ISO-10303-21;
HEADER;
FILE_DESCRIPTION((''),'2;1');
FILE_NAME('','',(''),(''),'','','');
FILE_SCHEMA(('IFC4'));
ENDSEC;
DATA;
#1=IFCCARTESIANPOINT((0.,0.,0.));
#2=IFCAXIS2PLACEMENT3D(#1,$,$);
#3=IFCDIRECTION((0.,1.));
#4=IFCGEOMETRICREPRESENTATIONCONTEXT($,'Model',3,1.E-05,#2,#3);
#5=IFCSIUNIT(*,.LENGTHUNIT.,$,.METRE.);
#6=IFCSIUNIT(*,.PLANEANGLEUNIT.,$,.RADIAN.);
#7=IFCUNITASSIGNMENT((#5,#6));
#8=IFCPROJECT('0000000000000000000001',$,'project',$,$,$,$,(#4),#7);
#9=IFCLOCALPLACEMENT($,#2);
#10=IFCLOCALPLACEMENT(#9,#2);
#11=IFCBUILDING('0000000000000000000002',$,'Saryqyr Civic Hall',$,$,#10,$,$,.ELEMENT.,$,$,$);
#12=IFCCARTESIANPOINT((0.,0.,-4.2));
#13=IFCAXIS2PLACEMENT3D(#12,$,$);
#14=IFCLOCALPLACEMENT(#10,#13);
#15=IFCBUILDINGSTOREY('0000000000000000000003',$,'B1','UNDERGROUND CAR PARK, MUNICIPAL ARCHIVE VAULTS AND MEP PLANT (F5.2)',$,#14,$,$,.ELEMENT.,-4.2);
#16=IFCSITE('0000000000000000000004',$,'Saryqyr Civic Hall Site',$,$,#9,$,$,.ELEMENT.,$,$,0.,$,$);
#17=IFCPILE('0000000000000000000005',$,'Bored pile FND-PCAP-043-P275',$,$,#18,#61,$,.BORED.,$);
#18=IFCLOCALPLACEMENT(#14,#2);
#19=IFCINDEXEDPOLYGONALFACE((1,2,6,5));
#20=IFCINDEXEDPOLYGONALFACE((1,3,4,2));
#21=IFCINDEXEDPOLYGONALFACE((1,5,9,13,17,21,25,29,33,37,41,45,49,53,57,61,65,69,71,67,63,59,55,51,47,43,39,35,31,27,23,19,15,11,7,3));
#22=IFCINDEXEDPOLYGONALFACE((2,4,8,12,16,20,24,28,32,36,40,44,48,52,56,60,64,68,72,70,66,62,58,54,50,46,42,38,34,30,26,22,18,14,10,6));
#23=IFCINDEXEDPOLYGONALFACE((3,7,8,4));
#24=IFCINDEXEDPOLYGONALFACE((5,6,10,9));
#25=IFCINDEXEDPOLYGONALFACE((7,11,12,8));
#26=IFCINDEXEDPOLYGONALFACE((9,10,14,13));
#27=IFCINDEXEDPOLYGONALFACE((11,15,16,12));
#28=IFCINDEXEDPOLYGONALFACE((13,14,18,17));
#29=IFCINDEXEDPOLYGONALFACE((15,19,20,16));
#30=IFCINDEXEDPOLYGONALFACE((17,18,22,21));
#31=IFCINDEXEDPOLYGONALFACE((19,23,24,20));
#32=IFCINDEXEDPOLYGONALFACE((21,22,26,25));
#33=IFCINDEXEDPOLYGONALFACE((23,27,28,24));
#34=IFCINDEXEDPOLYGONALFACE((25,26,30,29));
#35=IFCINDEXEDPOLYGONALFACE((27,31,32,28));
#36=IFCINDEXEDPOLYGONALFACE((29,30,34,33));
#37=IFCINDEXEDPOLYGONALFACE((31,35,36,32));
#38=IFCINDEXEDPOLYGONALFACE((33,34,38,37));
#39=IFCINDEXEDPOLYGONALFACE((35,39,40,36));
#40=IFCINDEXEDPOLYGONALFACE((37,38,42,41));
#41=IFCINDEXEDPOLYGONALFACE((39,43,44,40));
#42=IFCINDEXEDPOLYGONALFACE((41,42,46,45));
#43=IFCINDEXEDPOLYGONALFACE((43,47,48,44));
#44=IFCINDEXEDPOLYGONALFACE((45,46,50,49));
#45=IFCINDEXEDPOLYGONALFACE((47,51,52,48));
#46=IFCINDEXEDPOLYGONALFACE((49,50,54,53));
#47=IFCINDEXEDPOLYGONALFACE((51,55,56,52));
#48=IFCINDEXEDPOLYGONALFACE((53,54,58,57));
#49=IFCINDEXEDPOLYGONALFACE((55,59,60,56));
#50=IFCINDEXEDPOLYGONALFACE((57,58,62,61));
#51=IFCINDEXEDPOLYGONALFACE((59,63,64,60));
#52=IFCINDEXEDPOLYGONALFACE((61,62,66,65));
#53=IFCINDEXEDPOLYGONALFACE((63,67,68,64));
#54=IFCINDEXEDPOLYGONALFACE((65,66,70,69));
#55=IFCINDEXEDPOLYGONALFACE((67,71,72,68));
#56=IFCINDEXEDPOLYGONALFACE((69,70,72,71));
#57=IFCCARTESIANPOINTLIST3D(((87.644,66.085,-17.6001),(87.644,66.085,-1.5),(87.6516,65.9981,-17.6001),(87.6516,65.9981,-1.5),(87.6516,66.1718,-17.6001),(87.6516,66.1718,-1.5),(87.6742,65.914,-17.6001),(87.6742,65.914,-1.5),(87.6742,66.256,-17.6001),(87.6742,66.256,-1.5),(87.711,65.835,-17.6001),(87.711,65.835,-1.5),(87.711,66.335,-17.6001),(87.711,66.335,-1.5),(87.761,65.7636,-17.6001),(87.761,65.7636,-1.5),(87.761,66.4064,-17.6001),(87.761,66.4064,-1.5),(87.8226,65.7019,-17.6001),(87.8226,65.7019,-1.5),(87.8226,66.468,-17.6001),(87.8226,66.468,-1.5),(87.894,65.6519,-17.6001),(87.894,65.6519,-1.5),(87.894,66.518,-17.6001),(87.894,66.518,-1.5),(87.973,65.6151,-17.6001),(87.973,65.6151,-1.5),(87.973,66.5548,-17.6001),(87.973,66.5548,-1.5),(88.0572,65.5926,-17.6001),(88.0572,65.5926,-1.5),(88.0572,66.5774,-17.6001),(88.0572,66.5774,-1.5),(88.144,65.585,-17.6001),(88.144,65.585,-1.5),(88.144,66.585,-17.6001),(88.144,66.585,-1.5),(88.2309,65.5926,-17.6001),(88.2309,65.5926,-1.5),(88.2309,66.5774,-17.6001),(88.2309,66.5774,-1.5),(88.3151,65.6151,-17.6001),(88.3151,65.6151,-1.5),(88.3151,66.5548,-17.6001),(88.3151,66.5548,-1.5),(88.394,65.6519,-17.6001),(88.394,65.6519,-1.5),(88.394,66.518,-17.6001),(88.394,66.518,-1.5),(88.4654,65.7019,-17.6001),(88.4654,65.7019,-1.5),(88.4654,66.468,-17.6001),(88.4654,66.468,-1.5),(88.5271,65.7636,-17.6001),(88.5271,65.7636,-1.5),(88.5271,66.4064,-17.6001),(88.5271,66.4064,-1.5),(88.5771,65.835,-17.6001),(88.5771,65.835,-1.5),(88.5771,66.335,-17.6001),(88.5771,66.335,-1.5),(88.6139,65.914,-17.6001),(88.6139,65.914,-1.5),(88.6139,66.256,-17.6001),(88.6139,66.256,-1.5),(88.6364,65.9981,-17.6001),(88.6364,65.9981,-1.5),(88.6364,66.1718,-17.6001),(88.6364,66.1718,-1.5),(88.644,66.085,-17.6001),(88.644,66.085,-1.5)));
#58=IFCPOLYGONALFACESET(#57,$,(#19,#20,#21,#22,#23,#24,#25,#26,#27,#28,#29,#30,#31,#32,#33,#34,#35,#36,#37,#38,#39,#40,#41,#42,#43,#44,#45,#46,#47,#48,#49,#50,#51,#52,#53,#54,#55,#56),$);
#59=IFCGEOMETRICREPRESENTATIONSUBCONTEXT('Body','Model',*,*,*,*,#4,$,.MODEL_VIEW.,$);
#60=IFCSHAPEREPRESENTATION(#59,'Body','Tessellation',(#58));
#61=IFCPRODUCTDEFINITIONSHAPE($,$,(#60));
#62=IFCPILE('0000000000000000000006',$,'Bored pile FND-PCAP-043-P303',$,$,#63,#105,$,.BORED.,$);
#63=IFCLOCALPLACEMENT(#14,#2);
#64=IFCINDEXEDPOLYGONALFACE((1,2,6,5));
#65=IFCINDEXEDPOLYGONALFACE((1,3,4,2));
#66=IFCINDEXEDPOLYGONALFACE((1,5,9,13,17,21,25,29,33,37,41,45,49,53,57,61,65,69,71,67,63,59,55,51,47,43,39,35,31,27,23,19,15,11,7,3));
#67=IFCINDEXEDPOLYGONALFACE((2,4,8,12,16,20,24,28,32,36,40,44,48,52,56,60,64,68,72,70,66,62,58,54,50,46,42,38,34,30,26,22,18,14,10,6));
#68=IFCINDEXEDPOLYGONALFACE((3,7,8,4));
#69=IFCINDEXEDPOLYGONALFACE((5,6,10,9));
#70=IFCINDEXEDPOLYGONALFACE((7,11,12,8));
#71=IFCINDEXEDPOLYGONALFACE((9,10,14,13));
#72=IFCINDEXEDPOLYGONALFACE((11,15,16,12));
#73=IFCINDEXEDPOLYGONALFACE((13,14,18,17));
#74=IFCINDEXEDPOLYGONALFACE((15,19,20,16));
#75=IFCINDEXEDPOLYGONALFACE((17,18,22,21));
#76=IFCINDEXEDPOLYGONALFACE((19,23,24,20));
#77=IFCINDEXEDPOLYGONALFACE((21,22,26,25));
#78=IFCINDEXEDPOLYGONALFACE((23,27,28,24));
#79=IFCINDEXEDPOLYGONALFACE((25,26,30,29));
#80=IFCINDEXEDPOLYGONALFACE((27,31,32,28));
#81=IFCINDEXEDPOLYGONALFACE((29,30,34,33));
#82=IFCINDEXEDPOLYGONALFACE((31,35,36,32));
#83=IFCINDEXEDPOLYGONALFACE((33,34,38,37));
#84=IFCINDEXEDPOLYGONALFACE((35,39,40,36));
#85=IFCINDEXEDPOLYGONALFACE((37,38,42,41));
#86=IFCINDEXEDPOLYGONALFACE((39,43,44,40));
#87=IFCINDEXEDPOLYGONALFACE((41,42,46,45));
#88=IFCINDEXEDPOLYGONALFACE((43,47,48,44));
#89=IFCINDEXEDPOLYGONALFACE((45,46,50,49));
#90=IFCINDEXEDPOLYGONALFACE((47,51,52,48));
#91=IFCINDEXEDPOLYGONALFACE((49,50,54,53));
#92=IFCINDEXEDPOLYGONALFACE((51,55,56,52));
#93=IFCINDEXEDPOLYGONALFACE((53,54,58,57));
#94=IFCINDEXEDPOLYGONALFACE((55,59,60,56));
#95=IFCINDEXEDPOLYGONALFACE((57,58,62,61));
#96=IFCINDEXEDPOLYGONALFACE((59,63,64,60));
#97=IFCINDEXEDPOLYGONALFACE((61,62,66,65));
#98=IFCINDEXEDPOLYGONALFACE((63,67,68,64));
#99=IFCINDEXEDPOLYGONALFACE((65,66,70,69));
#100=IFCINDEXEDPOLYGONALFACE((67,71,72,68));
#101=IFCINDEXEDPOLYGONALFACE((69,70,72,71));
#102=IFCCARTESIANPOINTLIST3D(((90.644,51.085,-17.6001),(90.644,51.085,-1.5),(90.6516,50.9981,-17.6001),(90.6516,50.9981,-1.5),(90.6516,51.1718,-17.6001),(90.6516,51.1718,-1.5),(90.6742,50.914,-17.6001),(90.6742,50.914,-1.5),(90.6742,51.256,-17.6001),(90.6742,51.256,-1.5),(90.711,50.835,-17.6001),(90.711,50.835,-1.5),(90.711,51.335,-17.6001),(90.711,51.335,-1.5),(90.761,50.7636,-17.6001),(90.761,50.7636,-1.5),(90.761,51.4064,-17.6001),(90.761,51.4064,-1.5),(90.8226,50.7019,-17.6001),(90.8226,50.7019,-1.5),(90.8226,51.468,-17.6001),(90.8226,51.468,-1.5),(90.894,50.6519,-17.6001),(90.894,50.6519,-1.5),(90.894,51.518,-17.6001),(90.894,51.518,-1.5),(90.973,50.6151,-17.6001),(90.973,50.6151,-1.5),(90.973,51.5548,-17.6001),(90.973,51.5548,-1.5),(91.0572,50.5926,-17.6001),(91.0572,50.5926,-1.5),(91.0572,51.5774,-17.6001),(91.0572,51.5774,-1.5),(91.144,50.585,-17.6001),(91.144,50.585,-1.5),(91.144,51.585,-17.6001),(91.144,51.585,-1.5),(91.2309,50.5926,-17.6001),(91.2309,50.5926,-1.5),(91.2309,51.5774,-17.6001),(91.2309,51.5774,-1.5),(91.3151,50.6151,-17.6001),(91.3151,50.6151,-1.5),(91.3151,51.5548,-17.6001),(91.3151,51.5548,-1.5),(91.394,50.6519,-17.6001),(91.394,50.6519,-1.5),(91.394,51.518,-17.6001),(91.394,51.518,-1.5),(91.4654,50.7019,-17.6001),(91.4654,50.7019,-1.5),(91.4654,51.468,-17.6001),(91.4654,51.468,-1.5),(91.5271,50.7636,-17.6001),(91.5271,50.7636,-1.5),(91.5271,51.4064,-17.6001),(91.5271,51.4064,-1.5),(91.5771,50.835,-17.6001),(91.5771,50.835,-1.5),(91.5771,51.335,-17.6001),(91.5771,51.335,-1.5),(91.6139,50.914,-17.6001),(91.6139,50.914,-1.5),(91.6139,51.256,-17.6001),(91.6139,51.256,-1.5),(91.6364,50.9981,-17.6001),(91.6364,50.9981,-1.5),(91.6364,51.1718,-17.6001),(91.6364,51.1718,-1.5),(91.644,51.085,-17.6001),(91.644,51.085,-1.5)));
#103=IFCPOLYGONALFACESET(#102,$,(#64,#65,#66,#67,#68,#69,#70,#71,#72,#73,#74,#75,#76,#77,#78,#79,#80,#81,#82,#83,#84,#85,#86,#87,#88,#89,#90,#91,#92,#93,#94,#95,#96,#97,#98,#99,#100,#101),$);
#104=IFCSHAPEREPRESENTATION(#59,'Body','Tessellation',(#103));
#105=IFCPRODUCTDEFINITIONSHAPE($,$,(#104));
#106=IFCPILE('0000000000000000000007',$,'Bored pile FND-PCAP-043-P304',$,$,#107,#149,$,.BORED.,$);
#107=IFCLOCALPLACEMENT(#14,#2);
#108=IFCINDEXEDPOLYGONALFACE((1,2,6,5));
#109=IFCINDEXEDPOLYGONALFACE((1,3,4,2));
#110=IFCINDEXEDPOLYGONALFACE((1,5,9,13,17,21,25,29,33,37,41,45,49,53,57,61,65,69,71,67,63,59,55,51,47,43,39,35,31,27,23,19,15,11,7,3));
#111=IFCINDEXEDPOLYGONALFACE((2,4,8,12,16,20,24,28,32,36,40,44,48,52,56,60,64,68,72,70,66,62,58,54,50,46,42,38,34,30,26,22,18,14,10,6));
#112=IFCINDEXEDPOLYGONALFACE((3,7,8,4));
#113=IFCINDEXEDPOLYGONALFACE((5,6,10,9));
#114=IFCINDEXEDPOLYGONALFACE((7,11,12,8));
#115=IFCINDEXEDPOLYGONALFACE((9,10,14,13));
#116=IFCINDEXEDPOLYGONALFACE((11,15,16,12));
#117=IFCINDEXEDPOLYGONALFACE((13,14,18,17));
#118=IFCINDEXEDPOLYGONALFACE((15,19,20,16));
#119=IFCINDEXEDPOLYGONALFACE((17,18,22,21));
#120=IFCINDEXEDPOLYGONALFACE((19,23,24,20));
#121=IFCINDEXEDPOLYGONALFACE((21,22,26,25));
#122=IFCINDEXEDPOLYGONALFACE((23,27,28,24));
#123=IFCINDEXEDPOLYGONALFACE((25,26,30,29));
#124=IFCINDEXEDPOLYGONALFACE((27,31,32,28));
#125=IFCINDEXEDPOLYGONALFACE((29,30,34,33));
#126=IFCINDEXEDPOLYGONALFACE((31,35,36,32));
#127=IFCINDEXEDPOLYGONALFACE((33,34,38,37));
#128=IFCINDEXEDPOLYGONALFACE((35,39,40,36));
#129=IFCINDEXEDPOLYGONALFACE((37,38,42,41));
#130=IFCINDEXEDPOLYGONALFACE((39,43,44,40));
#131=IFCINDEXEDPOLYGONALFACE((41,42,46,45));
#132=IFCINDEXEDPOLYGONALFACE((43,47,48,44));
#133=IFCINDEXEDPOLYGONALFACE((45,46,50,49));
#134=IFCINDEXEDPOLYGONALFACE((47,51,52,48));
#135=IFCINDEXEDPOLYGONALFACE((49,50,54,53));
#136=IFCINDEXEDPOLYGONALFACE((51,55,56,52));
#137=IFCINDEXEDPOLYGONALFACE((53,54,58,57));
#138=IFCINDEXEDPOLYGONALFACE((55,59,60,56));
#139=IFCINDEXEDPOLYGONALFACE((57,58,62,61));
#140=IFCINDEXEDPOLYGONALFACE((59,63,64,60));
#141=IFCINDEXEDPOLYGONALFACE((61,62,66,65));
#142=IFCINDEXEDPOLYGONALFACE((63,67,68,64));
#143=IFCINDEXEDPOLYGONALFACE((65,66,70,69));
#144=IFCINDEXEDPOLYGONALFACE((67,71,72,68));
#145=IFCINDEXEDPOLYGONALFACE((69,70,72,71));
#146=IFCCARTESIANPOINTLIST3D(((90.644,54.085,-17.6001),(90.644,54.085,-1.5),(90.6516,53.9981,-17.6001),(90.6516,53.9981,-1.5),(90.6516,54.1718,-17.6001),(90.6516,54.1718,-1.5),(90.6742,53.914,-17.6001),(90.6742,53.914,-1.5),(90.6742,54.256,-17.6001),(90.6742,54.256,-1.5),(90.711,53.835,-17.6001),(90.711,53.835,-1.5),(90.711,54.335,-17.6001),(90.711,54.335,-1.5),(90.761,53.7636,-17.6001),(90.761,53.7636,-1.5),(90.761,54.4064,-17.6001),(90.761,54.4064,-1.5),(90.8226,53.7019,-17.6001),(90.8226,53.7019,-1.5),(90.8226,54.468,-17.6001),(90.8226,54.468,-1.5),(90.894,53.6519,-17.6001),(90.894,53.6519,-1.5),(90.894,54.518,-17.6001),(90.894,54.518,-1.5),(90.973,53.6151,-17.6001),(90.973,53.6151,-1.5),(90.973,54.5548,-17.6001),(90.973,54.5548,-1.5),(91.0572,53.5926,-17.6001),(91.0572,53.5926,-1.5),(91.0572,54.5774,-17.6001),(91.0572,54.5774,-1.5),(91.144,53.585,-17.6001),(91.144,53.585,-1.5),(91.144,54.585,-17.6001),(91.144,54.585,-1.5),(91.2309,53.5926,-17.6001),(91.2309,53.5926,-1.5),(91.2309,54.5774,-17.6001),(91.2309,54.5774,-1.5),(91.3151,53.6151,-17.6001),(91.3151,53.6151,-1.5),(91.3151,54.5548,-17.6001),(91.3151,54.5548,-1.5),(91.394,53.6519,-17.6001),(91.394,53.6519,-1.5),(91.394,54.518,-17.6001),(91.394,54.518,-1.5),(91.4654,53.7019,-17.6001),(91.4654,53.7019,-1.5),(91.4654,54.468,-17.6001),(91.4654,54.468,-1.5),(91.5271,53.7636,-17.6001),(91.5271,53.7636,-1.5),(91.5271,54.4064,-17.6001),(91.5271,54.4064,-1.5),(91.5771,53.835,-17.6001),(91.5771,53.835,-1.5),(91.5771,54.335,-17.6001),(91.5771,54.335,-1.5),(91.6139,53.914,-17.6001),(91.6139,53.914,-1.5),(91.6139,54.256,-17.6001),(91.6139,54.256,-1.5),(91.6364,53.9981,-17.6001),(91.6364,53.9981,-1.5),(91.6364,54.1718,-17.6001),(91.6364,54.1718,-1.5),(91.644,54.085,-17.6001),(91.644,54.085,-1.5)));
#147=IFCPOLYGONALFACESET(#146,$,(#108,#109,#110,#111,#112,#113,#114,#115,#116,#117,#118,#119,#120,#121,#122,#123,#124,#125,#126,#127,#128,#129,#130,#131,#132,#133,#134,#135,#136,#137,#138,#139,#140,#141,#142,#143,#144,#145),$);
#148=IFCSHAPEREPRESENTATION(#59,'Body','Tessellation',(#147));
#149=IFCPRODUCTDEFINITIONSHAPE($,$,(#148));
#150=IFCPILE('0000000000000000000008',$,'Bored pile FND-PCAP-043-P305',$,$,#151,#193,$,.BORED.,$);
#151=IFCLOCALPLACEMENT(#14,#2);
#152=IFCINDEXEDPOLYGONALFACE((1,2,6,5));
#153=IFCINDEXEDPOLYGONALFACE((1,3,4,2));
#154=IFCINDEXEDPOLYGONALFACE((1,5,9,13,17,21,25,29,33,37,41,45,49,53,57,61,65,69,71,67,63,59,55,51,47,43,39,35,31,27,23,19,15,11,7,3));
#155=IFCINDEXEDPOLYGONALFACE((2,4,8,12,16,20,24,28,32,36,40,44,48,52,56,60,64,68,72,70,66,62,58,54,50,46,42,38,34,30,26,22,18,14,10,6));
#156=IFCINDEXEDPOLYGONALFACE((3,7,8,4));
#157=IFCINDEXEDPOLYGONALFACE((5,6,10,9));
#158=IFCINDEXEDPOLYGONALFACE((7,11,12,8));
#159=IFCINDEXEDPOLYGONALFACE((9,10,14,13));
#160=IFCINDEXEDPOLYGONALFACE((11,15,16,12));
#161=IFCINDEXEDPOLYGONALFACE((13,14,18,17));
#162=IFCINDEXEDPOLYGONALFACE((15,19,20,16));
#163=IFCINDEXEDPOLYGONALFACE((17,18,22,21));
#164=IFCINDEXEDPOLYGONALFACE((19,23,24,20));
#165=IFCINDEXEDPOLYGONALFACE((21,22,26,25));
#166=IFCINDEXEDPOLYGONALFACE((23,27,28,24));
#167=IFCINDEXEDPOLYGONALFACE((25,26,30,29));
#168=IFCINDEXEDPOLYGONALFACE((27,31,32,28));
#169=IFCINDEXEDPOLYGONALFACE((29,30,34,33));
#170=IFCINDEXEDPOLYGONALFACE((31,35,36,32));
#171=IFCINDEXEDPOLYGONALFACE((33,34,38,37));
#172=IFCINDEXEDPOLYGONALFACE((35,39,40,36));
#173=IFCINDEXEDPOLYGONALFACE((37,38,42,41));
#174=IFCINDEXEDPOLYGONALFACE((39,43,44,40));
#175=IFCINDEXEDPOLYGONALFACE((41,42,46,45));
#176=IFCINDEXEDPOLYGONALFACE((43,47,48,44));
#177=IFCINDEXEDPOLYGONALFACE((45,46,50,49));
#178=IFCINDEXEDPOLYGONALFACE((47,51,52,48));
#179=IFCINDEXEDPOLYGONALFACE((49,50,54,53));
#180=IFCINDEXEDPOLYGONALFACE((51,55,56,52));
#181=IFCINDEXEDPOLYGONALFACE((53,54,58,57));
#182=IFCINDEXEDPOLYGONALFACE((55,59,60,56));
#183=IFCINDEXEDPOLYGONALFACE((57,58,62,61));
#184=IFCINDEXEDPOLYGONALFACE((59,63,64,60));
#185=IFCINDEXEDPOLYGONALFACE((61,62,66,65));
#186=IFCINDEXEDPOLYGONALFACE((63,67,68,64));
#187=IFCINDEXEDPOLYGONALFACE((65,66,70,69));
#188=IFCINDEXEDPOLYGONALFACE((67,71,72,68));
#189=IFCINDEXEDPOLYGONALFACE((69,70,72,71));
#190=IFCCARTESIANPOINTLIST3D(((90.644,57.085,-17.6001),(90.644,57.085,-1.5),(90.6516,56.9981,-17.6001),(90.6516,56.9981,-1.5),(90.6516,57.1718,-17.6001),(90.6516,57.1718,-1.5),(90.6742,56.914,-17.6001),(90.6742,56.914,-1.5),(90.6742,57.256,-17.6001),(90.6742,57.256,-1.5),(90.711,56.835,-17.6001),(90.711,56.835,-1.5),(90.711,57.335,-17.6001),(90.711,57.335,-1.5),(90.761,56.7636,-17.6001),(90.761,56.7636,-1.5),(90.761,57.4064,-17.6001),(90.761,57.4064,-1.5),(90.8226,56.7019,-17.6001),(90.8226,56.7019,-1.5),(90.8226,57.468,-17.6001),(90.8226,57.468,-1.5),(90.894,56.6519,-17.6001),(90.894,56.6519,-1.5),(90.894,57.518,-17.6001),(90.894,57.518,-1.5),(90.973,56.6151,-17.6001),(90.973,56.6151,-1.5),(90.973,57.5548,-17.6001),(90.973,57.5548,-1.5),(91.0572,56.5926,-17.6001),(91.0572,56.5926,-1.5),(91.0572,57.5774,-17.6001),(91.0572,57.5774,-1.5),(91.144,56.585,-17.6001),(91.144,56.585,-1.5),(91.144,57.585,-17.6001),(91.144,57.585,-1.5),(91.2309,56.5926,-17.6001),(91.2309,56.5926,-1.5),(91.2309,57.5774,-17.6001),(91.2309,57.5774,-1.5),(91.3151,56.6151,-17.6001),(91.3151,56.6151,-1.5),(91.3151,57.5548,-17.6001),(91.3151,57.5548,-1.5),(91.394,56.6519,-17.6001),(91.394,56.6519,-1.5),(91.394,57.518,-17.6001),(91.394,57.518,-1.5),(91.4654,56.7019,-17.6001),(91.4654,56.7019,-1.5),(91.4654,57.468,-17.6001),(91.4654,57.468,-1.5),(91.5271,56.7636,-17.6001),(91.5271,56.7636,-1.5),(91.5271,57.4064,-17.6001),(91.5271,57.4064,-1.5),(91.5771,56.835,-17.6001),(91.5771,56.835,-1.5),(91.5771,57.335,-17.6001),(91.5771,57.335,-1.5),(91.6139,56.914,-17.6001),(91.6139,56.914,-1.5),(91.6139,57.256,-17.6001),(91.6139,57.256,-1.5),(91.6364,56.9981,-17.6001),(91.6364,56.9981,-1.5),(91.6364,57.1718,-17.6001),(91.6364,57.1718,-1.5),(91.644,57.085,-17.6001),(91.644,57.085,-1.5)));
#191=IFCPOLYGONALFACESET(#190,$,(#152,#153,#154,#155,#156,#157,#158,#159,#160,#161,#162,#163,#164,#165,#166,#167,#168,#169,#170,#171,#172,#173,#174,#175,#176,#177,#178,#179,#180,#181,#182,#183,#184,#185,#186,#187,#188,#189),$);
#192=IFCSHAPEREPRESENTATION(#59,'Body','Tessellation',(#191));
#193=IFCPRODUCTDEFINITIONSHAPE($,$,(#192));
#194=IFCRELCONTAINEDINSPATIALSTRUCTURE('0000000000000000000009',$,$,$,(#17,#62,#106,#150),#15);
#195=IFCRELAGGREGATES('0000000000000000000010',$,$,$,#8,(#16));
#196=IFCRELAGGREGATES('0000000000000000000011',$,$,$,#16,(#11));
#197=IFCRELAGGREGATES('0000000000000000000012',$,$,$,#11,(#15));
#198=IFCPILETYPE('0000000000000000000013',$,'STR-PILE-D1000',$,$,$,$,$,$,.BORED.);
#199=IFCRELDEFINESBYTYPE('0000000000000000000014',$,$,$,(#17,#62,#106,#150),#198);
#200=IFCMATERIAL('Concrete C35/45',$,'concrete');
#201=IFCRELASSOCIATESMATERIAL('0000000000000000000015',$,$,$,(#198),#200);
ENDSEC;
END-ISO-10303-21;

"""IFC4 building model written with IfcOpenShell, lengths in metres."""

from ifc_helpers import new_model, si_unit, direction, frame, origin, origin_2d, place, context, subcontext, project, spatial, circle, extrude, material, material_profile, profile_set, type_object, element, save


model = new_model("IFC4")

# Units and contexts
model_context = context("Model", 3, precision=1e-05, world=origin(), true_north=direction((0.0, 1.0)))
body_context = subcontext(model_context, "Body", "Model", "MODEL_VIEW")
ifc_project = project(units=[si_unit("LENGTHUNIT", "METRE"), si_unit("PLANEANGLEUNIT", "RADIAN")], contexts=[model_context])

# Site, building, storey
site_placement = place(None, origin())
site = spatial("IfcSite", under=ifc_project, at=site_placement, Name="Saryqyr Civic Hall Site", CompositionType="ELEMENT", RefElevation=0.0)
building_placement = place(site_placement, origin())
building = spatial("IfcBuilding", under=site, at=building_placement, Name="Saryqyr Civic Hall", CompositionType="ELEMENT")
storey_placement = place(building_placement, frame((0.0, 0.0, -4.2)))
storey = spatial("IfcBuildingStorey", under=building, at=storey_placement, Name="B1", Description="UNDERGROUND CAR PARK, MUNICIPAL ARCHIVE VAULTS AND MEP PLANT (F5.2)", CompositionType="ELEMENT", Elevation=-4.2)

# Piles
ifc_material_1 = material(Name="Concrete C35/45", Category="concrete")
ifc_material_profile_1 = material_profile(ifc_material_1, circle(Radius=0.5, at=origin_2d()), Name="BORED PILE D1000")
ifc_profile_set_1 = profile_set([ifc_material_profile_1], Name="Concrete C35/45")
pile_type = type_object("IfcPileType", Name="STR-PILE-D1000", PredefinedType="BORED", material=ifc_profile_set_1)
for number, where, z_axis, x_axis, name in (
    (1, (88.144, 66.085, -1.5), (0.0, 0.0, -1.0), (1.0, 0.0, 0.0), "Bored pile FND-PCAP-043-P275"),
    (2, (91.144, 51.085, -1.5), (0.0, 0.0, -1.0), (1.0, 0.0, 0.0), "Bored pile FND-PCAP-043-P303"),
    (3, (91.144, 54.085, -1.5), (0.0, 0.0, -1.0), (1.0, 0.0, 0.0), "Bored pile FND-PCAP-043-P304"),
    (4, (91.144, 57.085, -1.5), (0.0, 0.0, -1.0), (1.0, 0.0, 0.0), "Bored pile FND-PCAP-043-P305"),
):
    element("IfcPile", number, at=place(storey_placement, frame(where, z_axis=z_axis, x_axis=x_axis)), inside=storey, type_object=pile_type, Name=name, PredefinedType="BORED", context=body_context, shape_type="SweptSolid", body=[
        extrude(circle(Radius=0.5, at=origin_2d()), origin(), (0.0, 0.0, 1.0), 16.1001),
    ])

save(model, "model.ifc")
